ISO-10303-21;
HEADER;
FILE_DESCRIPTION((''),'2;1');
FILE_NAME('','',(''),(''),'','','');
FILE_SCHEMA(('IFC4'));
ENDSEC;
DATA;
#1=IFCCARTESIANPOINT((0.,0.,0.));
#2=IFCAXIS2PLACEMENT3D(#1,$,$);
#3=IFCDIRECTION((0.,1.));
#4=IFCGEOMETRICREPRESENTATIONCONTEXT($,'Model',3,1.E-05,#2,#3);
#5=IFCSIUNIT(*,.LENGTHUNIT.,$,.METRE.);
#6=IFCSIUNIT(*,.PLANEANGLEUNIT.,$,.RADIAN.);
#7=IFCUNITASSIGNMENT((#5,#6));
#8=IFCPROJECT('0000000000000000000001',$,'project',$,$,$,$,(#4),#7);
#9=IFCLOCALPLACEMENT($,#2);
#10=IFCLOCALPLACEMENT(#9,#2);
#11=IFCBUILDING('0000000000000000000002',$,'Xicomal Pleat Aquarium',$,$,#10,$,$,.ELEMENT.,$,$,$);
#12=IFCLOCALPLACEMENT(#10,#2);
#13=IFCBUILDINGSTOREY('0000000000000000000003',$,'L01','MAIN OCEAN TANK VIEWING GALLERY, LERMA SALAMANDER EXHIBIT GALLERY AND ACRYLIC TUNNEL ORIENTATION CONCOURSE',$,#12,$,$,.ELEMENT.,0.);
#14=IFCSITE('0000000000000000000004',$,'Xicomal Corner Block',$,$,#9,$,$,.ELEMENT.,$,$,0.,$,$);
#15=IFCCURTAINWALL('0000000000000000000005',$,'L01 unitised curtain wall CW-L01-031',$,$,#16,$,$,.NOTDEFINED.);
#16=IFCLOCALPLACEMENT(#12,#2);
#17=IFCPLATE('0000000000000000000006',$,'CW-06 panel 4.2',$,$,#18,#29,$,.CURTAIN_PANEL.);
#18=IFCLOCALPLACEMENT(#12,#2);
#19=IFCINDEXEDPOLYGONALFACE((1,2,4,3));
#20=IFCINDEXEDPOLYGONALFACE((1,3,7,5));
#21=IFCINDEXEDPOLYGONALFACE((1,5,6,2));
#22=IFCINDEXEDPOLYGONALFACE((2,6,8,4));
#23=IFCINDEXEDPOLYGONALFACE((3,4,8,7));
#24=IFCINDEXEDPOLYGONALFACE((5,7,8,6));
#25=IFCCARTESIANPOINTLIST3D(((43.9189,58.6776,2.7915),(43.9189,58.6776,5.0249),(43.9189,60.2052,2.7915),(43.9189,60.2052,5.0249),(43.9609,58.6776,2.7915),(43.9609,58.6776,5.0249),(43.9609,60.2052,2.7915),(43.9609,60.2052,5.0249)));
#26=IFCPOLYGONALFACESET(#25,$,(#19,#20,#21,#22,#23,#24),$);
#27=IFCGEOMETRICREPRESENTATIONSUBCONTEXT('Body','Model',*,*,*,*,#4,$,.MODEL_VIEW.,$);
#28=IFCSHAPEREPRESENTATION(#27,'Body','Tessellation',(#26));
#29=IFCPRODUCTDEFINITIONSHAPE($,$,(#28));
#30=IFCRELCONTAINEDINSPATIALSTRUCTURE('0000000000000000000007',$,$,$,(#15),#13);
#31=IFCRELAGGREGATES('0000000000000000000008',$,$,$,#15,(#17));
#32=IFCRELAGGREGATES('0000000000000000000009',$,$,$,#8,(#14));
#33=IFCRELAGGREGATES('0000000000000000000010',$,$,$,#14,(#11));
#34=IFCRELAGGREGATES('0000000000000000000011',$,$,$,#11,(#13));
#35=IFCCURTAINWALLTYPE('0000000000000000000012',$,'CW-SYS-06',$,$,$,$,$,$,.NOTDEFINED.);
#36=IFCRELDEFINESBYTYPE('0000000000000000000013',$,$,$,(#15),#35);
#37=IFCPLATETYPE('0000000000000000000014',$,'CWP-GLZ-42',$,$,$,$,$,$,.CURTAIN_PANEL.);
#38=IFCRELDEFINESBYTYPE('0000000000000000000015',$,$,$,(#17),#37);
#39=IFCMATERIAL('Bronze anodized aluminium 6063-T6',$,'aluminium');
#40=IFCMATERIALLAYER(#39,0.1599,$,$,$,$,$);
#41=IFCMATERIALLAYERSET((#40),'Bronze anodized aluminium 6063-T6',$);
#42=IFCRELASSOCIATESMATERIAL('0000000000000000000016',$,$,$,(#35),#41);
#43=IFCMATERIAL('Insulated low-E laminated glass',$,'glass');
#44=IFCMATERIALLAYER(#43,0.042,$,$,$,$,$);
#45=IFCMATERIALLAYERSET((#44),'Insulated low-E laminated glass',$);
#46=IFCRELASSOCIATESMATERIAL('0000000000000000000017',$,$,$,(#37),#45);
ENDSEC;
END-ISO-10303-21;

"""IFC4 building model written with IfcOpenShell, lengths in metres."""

from ifc_helpers import new_model, si_unit, direction, frame, origin, origin_2d, place, context, subcontext, project, spatial, rectangle, extrude, material, layer, layer_set, type_object, element, aggregate, save


model = new_model("IFC4")

# Units and contexts
model_context = context("Model", 3, precision=1e-05, world=origin(), true_north=direction((0.0, 1.0)))
body_context = subcontext(model_context, "Body", "Model", "MODEL_VIEW")
ifc_project = project(units=[si_unit("LENGTHUNIT", "METRE"), si_unit("PLANEANGLEUNIT", "RADIAN")], contexts=[model_context])

# Site, building, storey
site_placement = place(None, origin())
site = spatial("IfcSite", under=ifc_project, at=site_placement, Name="Xicomal Corner Block", CompositionType="ELEMENT", RefElevation=0.0)
building_placement = place(site_placement, origin())
building = spatial("IfcBuilding", under=site, at=building_placement, Name="Xicomal Pleat Aquarium", CompositionType="ELEMENT")
storey_placement = place(building_placement, origin())
storey = spatial("IfcBuildingStorey", under=building, at=storey_placement, Name="L01", Description="MAIN OCEAN TANK VIEWING GALLERY, LERMA SALAMANDER EXHIBIT GALLERY AND ACRYLIC TUNNEL ORIENTATION CONCOURSE", CompositionType="ELEMENT", Elevation=0.0)

# Curtain wall
ifc_material_1 = material(Name="Bronze anodized aluminium 6063-T6", Category="aluminium")
ifc_layer_1 = layer(ifc_material_1, 0.1599)
ifc_layer_set_1 = layer_set([ifc_layer_1], Name="Bronze anodized aluminium 6063-T6")
curtain_wall_type_1 = type_object("IfcCurtainWallType", Name="CW-SYS-06", PredefinedType="NOTDEFINED", material=ifc_layer_set_1)
curtain_wall_1_placement = place(storey_placement, origin())
curtain_wall_1 = element("IfcCurtainWall", 1, at=curtain_wall_1_placement, inside=storey, type_object=curtain_wall_type_1, Name="L01 unitised curtain wall CW-L01-031", PredefinedType="NOTDEFINED")

# Plate
ifc_material_2 = material(Name="Insulated low-E laminated glass", Category="glass")
ifc_layer_2 = layer(ifc_material_2, 0.042)
ifc_layer_set_2 = layer_set([ifc_layer_2], Name="Insulated low-E laminated glass")
plate_type_1 = type_object("IfcPlateType", Name="CWP-GLZ-42", PredefinedType="CURTAIN_PANEL", material=ifc_layer_set_2)
plate_1_placement = place(storey_placement, frame((43.9399, 59.4414, 2.7915), z_axis=(0.0, 0.0, 1.0), x_axis=(0.0, 1.0, 0.0)))
plate_1 = element("IfcPlate", 2, at=plate_1_placement, type_object=plate_type_1, Name="CW-06 panel 4.2", PredefinedType="CURTAIN_PANEL", context=body_context, shape_type="SweptSolid", body=[
    extrude(rectangle(XDim=1.5276, YDim=0.042, at=origin_2d()), origin(), (0.0, 0.0, 1.0), 2.2334),
])
aggregate(curtain_wall_1, [plate_1])

save(model, "model.ifc")
